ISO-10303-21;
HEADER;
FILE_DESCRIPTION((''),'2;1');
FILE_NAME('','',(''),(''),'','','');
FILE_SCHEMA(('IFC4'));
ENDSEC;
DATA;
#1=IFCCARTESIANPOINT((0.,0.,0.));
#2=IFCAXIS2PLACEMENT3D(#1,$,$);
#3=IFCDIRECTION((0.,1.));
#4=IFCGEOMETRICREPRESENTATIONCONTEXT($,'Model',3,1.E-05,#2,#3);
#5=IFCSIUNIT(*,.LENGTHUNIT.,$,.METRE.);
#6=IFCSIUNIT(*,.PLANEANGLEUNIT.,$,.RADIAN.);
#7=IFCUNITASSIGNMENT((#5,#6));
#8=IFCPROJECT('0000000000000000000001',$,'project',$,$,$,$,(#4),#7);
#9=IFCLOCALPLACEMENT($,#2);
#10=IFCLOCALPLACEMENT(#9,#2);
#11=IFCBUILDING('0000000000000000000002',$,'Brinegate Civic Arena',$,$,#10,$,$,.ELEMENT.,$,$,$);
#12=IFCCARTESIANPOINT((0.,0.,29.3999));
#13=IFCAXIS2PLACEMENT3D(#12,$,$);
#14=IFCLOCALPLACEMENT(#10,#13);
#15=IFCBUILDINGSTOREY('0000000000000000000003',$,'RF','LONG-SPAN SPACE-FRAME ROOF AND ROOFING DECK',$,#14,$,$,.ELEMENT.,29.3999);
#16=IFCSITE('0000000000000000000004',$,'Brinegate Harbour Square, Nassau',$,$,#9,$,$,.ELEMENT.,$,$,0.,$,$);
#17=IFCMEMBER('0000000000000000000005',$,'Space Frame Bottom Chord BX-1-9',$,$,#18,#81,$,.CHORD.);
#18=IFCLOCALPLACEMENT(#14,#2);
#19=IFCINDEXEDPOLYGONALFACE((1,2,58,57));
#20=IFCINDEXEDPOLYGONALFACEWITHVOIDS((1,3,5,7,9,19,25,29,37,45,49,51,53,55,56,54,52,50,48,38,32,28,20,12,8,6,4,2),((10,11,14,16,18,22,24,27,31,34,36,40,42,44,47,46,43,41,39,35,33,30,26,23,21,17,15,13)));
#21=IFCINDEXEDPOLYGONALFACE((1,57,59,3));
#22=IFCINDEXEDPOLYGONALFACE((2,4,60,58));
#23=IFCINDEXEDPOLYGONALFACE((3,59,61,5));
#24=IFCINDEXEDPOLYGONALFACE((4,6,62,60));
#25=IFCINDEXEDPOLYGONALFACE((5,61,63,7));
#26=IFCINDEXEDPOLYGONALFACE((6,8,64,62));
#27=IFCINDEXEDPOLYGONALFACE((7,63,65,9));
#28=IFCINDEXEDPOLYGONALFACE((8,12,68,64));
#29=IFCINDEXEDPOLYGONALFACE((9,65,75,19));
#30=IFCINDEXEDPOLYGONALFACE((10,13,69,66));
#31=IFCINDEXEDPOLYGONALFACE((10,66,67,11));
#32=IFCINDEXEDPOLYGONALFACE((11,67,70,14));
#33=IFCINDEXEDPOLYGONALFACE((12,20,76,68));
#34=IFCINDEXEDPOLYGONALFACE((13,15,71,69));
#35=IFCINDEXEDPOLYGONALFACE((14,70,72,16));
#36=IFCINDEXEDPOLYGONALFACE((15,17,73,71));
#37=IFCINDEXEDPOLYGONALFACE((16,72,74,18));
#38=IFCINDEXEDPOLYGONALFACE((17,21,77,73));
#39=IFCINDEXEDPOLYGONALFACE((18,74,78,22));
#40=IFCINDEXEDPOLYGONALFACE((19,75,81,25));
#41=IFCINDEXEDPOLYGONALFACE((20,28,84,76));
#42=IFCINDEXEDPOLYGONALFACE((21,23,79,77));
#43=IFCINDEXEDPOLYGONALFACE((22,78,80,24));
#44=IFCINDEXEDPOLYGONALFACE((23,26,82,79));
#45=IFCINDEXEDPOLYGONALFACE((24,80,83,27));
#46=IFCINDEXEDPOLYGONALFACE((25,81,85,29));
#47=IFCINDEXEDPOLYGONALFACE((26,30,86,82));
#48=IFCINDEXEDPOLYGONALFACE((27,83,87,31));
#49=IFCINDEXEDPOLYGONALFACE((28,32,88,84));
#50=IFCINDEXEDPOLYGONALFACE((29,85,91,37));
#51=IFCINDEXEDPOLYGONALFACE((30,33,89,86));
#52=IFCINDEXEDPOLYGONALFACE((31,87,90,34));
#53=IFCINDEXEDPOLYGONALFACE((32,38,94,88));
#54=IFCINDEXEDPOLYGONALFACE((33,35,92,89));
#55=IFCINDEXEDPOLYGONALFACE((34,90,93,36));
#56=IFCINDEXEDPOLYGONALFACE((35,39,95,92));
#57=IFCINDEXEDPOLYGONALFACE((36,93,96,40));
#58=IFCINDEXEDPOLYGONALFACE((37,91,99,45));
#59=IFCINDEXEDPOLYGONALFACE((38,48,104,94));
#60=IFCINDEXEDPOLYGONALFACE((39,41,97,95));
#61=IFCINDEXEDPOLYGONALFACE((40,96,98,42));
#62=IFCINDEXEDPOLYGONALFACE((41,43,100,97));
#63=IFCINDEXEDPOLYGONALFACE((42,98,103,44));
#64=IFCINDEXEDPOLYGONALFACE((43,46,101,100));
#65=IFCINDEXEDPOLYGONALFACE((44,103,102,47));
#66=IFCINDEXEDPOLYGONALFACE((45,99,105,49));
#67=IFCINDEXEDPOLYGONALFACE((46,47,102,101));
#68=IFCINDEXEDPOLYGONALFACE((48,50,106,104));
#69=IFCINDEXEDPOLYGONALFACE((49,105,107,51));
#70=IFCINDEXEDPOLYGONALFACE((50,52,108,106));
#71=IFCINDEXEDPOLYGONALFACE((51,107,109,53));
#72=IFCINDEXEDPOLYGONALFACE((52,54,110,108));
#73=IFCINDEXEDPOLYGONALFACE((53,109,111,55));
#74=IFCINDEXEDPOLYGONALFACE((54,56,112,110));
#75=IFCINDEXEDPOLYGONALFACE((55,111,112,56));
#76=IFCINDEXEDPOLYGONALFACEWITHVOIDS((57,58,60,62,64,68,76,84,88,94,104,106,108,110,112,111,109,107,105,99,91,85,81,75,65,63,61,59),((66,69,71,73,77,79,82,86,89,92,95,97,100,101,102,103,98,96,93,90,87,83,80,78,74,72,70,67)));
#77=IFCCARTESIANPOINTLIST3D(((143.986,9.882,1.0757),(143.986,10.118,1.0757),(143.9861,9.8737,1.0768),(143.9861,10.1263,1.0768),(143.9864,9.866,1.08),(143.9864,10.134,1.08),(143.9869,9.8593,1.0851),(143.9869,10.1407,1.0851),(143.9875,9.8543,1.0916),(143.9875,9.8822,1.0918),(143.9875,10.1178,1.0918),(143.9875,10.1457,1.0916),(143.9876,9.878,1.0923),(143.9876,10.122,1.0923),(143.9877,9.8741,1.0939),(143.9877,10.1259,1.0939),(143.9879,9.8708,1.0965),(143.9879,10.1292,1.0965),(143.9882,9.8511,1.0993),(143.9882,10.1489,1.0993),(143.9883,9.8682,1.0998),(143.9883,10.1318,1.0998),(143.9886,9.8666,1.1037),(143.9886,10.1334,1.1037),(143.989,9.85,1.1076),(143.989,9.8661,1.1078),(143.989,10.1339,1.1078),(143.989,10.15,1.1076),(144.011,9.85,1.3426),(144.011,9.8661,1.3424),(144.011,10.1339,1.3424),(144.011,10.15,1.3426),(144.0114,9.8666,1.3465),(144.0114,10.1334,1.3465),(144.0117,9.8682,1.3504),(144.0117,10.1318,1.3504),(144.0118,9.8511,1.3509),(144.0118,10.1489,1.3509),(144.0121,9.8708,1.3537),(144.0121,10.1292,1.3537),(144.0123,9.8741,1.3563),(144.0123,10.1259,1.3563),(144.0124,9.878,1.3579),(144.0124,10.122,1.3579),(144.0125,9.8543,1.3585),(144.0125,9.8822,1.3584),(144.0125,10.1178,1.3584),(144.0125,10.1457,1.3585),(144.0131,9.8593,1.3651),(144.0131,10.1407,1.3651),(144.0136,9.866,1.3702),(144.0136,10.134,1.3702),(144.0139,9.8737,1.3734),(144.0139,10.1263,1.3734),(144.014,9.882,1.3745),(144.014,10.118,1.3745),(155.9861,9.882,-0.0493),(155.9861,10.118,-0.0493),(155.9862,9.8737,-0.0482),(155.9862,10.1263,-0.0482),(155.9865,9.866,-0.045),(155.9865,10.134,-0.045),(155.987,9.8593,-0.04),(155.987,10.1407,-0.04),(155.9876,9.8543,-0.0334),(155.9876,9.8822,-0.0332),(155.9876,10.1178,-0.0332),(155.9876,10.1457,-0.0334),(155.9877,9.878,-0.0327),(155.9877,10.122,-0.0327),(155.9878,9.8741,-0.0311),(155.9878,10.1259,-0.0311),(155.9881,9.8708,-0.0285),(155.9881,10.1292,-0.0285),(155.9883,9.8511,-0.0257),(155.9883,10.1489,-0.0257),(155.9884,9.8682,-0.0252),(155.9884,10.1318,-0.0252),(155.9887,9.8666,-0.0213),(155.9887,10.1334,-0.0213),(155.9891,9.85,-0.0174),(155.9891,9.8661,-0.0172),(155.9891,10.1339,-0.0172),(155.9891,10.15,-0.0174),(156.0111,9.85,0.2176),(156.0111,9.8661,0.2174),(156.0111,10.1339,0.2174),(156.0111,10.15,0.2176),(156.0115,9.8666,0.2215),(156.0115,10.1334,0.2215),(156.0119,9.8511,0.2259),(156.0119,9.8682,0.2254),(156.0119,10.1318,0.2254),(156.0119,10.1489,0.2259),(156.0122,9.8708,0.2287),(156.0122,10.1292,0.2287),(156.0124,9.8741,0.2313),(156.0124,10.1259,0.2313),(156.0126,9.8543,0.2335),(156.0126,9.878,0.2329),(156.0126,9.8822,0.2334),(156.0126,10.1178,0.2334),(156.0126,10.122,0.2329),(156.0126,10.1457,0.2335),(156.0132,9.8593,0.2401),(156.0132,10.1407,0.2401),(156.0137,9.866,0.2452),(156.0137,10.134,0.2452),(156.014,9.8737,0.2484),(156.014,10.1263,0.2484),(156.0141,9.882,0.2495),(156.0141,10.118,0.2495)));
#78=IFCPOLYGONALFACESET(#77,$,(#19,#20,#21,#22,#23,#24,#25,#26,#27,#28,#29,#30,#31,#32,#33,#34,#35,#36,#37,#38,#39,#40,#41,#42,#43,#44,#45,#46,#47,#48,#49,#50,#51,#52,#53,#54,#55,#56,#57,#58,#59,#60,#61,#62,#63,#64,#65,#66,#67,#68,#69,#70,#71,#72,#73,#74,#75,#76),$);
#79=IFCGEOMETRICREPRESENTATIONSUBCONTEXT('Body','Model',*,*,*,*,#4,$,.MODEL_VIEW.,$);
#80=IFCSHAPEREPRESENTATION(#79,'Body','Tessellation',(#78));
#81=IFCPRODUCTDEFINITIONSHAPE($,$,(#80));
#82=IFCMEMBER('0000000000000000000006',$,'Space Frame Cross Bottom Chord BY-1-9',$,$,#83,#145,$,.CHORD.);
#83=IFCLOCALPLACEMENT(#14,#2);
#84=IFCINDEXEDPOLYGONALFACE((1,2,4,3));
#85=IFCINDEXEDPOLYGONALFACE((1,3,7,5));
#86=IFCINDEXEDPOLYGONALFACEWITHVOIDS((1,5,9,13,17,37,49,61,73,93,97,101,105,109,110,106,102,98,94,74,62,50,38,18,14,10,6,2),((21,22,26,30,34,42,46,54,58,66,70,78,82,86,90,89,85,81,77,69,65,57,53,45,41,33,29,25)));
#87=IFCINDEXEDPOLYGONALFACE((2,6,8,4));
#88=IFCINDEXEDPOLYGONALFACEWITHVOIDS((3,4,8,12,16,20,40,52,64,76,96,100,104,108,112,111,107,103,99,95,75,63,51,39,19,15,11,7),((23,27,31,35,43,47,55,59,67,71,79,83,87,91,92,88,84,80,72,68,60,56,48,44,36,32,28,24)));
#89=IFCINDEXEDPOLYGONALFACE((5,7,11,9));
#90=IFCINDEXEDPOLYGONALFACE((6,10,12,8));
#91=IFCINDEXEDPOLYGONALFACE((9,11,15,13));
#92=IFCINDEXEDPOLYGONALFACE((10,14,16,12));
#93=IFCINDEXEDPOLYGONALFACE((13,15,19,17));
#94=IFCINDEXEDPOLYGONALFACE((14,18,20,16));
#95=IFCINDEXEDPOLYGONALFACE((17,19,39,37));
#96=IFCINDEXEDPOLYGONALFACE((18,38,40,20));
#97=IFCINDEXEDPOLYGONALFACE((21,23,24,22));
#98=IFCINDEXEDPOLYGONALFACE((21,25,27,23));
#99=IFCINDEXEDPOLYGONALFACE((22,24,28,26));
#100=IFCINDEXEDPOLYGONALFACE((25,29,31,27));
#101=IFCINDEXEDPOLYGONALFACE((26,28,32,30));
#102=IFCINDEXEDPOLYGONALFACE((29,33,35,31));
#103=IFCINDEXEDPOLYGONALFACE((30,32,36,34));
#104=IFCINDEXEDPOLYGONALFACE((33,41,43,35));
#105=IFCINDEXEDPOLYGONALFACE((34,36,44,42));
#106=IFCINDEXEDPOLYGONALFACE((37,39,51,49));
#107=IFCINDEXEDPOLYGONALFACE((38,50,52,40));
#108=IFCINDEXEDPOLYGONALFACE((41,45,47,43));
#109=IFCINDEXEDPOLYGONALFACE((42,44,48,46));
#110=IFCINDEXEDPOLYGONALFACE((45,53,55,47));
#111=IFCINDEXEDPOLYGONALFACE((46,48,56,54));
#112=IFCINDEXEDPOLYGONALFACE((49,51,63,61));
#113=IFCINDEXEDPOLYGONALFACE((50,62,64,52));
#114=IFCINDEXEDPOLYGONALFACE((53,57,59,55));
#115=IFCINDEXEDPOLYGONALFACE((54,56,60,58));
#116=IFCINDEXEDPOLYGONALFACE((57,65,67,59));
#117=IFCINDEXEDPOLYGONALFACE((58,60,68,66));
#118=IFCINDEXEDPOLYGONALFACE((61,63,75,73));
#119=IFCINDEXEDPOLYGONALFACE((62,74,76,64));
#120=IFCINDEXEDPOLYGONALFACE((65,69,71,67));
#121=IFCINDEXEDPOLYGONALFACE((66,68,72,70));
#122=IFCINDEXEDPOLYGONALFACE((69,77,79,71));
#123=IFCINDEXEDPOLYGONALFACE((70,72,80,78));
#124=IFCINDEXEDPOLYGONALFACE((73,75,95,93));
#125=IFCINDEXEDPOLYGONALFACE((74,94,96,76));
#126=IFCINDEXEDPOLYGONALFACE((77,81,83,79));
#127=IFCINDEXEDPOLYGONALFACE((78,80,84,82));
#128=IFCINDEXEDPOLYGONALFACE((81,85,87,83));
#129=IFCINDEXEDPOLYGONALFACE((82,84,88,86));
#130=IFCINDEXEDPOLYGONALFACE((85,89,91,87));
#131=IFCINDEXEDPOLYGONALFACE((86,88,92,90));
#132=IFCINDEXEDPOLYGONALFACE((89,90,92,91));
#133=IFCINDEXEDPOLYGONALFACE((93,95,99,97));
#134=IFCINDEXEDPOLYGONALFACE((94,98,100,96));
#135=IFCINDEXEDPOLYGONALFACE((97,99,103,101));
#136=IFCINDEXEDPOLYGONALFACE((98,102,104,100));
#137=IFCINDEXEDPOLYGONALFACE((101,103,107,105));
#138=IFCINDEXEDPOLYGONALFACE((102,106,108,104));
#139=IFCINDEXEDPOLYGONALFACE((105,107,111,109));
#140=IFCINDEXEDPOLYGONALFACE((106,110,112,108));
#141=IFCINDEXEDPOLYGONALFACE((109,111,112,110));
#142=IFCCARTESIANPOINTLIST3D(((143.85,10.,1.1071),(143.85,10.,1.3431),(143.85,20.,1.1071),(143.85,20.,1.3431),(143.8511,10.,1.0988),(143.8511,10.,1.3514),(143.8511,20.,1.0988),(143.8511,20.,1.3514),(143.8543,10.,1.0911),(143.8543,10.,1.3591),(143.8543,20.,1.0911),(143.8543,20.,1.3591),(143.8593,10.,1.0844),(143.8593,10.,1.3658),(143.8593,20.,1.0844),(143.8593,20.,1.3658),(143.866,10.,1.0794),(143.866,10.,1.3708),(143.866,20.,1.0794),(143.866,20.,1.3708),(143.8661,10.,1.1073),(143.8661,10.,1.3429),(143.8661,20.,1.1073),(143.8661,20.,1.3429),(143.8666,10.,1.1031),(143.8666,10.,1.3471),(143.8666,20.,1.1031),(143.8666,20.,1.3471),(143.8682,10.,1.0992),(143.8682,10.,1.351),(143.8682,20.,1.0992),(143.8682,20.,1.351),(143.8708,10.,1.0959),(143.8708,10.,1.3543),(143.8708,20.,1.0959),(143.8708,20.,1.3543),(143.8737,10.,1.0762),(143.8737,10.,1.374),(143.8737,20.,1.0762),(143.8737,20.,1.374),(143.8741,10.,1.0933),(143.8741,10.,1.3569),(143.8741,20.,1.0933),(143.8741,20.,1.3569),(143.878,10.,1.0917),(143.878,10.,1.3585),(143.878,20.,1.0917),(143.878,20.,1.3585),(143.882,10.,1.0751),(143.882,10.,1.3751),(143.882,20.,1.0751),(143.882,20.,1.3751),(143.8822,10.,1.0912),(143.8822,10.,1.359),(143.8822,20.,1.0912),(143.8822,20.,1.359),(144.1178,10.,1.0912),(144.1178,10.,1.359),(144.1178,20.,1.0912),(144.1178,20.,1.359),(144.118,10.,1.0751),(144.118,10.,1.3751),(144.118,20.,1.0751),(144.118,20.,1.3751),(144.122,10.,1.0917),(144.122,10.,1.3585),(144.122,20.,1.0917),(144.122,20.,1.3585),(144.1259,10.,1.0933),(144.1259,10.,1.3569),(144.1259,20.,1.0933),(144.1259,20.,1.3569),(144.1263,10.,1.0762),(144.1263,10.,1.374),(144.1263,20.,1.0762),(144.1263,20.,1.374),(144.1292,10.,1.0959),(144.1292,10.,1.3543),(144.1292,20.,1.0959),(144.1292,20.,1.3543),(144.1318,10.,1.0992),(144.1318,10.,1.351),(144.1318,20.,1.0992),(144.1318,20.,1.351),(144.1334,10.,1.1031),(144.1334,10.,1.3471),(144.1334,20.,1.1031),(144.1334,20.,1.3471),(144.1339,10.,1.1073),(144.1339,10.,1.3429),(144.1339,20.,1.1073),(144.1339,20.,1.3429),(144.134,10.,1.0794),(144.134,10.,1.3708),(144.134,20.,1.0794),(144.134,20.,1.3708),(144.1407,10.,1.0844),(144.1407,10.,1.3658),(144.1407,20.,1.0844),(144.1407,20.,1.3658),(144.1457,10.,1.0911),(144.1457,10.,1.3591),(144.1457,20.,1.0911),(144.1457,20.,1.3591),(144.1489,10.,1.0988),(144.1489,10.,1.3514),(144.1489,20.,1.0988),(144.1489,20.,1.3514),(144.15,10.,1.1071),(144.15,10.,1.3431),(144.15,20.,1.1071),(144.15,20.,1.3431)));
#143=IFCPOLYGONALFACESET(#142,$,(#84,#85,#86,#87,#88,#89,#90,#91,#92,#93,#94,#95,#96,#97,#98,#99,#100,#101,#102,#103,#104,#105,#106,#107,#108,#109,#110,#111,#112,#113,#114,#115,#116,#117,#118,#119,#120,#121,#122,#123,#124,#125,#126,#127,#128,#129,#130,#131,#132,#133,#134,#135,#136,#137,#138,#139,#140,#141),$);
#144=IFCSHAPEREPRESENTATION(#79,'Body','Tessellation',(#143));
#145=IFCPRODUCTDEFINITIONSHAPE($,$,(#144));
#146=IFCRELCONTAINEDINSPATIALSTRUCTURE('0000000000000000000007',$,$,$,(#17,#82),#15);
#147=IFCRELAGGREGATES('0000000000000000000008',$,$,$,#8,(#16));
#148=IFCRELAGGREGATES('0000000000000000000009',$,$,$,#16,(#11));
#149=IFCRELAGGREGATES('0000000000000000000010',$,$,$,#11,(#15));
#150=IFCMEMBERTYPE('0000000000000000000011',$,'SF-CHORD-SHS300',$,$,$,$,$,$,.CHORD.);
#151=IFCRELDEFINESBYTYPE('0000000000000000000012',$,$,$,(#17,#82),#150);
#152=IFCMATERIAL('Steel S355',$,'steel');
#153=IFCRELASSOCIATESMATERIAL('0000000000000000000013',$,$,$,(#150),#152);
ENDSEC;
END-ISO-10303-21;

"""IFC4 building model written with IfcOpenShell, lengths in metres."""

from ifc_helpers import new_model, si_unit, direction, frame, origin, origin_2d, place, context, subcontext, project, spatial, hollow_rectangle, extrude, material, material_profile, profile_set, type_object, element, save


model = new_model("IFC4")

# Units and contexts
model_context = context("Model", 3, precision=1e-05, world=origin(), true_north=direction((0.0, 1.0)))
body_context = subcontext(model_context, "Body", "Model", "MODEL_VIEW")
ifc_project = project(units=[si_unit("LENGTHUNIT", "METRE"), si_unit("PLANEANGLEUNIT", "RADIAN")], contexts=[model_context])

# Site, building, storey
site_placement = place(None, origin())
site = spatial("IfcSite", under=ifc_project, at=site_placement, Name="Brinegate Harbour Square, Nassau", CompositionType="ELEMENT", RefElevation=0.0)
building_placement = place(site_placement, origin())
building = spatial("IfcBuilding", under=site, at=building_placement, Name="Brinegate Civic Arena", CompositionType="ELEMENT")
storey_placement = place(building_placement, frame((0.0, 0.0, 29.3999)))
storey = spatial("IfcBuildingStorey", under=building, at=storey_placement, Name="RF", Description="LONG-SPAN SPACE-FRAME ROOF AND ROOFING DECK", CompositionType="ELEMENT", Elevation=29.3999)

# Shared definitions
ifc_material_1 = material(Name="Steel S355", Category="steel")

# Members
ifc_material_profile_1 = material_profile(ifc_material_1, hollow_rectangle(XDim=0.3, YDim=0.3, WallThickness=0.0161, InnerFilletRadius=0.0161, OuterFilletRadius=0.032, at=origin_2d()), Name="SHS300X16")
ifc_profile_set_1 = profile_set([ifc_material_profile_1], Name="Steel S355")
member_type_1 = type_object("IfcMemberType", Name="SF-CHORD-SHS300", PredefinedType="CHORD", material=ifc_profile_set_1)
member_1_placement = place(storey_placement, frame((144.0, 10.0, 1.2251), z_axis=(0.995634, 0.0, -0.093341), x_axis=(0.0, 1.0, 0.0)))
element("IfcMember", 1, at=member_1_placement, inside=storey, type_object=member_type_1, Name="Space Frame Bottom Chord BX-1-9", PredefinedType="CHORD", context=body_context, shape_type="SweptSolid", body=[
    extrude(hollow_rectangle(XDim=0.3, YDim=0.3, WallThickness=0.0161, InnerFilletRadius=0.0161, OuterFilletRadius=0.032, at=origin_2d()), origin(), (0.0, 0.0, 1.0), 12.0527),
])
for number, where, z_axis, x_axis, name in (
    (2, (144.0, 10.0, 1.2251), (0.0, 1.0, 0.0), (-1.0, 0.0, 0.0), "Space Frame Cross Bottom Chord BY-1-9"),
):
    element("IfcMember", number, at=place(storey_placement, frame(where, z_axis=z_axis, x_axis=x_axis)), inside=storey, type_object=member_type_1, Name=name, PredefinedType="CHORD", context=body_context, shape_type="SweptSolid", body=[
        extrude(hollow_rectangle(XDim=0.3, YDim=0.3, WallThickness=0.0161, InnerFilletRadius=0.0161, OuterFilletRadius=0.032, at=origin_2d()), origin(), (0.0, 0.0, 1.0), 10.0),
    ])

save(model, "model.ifc")
